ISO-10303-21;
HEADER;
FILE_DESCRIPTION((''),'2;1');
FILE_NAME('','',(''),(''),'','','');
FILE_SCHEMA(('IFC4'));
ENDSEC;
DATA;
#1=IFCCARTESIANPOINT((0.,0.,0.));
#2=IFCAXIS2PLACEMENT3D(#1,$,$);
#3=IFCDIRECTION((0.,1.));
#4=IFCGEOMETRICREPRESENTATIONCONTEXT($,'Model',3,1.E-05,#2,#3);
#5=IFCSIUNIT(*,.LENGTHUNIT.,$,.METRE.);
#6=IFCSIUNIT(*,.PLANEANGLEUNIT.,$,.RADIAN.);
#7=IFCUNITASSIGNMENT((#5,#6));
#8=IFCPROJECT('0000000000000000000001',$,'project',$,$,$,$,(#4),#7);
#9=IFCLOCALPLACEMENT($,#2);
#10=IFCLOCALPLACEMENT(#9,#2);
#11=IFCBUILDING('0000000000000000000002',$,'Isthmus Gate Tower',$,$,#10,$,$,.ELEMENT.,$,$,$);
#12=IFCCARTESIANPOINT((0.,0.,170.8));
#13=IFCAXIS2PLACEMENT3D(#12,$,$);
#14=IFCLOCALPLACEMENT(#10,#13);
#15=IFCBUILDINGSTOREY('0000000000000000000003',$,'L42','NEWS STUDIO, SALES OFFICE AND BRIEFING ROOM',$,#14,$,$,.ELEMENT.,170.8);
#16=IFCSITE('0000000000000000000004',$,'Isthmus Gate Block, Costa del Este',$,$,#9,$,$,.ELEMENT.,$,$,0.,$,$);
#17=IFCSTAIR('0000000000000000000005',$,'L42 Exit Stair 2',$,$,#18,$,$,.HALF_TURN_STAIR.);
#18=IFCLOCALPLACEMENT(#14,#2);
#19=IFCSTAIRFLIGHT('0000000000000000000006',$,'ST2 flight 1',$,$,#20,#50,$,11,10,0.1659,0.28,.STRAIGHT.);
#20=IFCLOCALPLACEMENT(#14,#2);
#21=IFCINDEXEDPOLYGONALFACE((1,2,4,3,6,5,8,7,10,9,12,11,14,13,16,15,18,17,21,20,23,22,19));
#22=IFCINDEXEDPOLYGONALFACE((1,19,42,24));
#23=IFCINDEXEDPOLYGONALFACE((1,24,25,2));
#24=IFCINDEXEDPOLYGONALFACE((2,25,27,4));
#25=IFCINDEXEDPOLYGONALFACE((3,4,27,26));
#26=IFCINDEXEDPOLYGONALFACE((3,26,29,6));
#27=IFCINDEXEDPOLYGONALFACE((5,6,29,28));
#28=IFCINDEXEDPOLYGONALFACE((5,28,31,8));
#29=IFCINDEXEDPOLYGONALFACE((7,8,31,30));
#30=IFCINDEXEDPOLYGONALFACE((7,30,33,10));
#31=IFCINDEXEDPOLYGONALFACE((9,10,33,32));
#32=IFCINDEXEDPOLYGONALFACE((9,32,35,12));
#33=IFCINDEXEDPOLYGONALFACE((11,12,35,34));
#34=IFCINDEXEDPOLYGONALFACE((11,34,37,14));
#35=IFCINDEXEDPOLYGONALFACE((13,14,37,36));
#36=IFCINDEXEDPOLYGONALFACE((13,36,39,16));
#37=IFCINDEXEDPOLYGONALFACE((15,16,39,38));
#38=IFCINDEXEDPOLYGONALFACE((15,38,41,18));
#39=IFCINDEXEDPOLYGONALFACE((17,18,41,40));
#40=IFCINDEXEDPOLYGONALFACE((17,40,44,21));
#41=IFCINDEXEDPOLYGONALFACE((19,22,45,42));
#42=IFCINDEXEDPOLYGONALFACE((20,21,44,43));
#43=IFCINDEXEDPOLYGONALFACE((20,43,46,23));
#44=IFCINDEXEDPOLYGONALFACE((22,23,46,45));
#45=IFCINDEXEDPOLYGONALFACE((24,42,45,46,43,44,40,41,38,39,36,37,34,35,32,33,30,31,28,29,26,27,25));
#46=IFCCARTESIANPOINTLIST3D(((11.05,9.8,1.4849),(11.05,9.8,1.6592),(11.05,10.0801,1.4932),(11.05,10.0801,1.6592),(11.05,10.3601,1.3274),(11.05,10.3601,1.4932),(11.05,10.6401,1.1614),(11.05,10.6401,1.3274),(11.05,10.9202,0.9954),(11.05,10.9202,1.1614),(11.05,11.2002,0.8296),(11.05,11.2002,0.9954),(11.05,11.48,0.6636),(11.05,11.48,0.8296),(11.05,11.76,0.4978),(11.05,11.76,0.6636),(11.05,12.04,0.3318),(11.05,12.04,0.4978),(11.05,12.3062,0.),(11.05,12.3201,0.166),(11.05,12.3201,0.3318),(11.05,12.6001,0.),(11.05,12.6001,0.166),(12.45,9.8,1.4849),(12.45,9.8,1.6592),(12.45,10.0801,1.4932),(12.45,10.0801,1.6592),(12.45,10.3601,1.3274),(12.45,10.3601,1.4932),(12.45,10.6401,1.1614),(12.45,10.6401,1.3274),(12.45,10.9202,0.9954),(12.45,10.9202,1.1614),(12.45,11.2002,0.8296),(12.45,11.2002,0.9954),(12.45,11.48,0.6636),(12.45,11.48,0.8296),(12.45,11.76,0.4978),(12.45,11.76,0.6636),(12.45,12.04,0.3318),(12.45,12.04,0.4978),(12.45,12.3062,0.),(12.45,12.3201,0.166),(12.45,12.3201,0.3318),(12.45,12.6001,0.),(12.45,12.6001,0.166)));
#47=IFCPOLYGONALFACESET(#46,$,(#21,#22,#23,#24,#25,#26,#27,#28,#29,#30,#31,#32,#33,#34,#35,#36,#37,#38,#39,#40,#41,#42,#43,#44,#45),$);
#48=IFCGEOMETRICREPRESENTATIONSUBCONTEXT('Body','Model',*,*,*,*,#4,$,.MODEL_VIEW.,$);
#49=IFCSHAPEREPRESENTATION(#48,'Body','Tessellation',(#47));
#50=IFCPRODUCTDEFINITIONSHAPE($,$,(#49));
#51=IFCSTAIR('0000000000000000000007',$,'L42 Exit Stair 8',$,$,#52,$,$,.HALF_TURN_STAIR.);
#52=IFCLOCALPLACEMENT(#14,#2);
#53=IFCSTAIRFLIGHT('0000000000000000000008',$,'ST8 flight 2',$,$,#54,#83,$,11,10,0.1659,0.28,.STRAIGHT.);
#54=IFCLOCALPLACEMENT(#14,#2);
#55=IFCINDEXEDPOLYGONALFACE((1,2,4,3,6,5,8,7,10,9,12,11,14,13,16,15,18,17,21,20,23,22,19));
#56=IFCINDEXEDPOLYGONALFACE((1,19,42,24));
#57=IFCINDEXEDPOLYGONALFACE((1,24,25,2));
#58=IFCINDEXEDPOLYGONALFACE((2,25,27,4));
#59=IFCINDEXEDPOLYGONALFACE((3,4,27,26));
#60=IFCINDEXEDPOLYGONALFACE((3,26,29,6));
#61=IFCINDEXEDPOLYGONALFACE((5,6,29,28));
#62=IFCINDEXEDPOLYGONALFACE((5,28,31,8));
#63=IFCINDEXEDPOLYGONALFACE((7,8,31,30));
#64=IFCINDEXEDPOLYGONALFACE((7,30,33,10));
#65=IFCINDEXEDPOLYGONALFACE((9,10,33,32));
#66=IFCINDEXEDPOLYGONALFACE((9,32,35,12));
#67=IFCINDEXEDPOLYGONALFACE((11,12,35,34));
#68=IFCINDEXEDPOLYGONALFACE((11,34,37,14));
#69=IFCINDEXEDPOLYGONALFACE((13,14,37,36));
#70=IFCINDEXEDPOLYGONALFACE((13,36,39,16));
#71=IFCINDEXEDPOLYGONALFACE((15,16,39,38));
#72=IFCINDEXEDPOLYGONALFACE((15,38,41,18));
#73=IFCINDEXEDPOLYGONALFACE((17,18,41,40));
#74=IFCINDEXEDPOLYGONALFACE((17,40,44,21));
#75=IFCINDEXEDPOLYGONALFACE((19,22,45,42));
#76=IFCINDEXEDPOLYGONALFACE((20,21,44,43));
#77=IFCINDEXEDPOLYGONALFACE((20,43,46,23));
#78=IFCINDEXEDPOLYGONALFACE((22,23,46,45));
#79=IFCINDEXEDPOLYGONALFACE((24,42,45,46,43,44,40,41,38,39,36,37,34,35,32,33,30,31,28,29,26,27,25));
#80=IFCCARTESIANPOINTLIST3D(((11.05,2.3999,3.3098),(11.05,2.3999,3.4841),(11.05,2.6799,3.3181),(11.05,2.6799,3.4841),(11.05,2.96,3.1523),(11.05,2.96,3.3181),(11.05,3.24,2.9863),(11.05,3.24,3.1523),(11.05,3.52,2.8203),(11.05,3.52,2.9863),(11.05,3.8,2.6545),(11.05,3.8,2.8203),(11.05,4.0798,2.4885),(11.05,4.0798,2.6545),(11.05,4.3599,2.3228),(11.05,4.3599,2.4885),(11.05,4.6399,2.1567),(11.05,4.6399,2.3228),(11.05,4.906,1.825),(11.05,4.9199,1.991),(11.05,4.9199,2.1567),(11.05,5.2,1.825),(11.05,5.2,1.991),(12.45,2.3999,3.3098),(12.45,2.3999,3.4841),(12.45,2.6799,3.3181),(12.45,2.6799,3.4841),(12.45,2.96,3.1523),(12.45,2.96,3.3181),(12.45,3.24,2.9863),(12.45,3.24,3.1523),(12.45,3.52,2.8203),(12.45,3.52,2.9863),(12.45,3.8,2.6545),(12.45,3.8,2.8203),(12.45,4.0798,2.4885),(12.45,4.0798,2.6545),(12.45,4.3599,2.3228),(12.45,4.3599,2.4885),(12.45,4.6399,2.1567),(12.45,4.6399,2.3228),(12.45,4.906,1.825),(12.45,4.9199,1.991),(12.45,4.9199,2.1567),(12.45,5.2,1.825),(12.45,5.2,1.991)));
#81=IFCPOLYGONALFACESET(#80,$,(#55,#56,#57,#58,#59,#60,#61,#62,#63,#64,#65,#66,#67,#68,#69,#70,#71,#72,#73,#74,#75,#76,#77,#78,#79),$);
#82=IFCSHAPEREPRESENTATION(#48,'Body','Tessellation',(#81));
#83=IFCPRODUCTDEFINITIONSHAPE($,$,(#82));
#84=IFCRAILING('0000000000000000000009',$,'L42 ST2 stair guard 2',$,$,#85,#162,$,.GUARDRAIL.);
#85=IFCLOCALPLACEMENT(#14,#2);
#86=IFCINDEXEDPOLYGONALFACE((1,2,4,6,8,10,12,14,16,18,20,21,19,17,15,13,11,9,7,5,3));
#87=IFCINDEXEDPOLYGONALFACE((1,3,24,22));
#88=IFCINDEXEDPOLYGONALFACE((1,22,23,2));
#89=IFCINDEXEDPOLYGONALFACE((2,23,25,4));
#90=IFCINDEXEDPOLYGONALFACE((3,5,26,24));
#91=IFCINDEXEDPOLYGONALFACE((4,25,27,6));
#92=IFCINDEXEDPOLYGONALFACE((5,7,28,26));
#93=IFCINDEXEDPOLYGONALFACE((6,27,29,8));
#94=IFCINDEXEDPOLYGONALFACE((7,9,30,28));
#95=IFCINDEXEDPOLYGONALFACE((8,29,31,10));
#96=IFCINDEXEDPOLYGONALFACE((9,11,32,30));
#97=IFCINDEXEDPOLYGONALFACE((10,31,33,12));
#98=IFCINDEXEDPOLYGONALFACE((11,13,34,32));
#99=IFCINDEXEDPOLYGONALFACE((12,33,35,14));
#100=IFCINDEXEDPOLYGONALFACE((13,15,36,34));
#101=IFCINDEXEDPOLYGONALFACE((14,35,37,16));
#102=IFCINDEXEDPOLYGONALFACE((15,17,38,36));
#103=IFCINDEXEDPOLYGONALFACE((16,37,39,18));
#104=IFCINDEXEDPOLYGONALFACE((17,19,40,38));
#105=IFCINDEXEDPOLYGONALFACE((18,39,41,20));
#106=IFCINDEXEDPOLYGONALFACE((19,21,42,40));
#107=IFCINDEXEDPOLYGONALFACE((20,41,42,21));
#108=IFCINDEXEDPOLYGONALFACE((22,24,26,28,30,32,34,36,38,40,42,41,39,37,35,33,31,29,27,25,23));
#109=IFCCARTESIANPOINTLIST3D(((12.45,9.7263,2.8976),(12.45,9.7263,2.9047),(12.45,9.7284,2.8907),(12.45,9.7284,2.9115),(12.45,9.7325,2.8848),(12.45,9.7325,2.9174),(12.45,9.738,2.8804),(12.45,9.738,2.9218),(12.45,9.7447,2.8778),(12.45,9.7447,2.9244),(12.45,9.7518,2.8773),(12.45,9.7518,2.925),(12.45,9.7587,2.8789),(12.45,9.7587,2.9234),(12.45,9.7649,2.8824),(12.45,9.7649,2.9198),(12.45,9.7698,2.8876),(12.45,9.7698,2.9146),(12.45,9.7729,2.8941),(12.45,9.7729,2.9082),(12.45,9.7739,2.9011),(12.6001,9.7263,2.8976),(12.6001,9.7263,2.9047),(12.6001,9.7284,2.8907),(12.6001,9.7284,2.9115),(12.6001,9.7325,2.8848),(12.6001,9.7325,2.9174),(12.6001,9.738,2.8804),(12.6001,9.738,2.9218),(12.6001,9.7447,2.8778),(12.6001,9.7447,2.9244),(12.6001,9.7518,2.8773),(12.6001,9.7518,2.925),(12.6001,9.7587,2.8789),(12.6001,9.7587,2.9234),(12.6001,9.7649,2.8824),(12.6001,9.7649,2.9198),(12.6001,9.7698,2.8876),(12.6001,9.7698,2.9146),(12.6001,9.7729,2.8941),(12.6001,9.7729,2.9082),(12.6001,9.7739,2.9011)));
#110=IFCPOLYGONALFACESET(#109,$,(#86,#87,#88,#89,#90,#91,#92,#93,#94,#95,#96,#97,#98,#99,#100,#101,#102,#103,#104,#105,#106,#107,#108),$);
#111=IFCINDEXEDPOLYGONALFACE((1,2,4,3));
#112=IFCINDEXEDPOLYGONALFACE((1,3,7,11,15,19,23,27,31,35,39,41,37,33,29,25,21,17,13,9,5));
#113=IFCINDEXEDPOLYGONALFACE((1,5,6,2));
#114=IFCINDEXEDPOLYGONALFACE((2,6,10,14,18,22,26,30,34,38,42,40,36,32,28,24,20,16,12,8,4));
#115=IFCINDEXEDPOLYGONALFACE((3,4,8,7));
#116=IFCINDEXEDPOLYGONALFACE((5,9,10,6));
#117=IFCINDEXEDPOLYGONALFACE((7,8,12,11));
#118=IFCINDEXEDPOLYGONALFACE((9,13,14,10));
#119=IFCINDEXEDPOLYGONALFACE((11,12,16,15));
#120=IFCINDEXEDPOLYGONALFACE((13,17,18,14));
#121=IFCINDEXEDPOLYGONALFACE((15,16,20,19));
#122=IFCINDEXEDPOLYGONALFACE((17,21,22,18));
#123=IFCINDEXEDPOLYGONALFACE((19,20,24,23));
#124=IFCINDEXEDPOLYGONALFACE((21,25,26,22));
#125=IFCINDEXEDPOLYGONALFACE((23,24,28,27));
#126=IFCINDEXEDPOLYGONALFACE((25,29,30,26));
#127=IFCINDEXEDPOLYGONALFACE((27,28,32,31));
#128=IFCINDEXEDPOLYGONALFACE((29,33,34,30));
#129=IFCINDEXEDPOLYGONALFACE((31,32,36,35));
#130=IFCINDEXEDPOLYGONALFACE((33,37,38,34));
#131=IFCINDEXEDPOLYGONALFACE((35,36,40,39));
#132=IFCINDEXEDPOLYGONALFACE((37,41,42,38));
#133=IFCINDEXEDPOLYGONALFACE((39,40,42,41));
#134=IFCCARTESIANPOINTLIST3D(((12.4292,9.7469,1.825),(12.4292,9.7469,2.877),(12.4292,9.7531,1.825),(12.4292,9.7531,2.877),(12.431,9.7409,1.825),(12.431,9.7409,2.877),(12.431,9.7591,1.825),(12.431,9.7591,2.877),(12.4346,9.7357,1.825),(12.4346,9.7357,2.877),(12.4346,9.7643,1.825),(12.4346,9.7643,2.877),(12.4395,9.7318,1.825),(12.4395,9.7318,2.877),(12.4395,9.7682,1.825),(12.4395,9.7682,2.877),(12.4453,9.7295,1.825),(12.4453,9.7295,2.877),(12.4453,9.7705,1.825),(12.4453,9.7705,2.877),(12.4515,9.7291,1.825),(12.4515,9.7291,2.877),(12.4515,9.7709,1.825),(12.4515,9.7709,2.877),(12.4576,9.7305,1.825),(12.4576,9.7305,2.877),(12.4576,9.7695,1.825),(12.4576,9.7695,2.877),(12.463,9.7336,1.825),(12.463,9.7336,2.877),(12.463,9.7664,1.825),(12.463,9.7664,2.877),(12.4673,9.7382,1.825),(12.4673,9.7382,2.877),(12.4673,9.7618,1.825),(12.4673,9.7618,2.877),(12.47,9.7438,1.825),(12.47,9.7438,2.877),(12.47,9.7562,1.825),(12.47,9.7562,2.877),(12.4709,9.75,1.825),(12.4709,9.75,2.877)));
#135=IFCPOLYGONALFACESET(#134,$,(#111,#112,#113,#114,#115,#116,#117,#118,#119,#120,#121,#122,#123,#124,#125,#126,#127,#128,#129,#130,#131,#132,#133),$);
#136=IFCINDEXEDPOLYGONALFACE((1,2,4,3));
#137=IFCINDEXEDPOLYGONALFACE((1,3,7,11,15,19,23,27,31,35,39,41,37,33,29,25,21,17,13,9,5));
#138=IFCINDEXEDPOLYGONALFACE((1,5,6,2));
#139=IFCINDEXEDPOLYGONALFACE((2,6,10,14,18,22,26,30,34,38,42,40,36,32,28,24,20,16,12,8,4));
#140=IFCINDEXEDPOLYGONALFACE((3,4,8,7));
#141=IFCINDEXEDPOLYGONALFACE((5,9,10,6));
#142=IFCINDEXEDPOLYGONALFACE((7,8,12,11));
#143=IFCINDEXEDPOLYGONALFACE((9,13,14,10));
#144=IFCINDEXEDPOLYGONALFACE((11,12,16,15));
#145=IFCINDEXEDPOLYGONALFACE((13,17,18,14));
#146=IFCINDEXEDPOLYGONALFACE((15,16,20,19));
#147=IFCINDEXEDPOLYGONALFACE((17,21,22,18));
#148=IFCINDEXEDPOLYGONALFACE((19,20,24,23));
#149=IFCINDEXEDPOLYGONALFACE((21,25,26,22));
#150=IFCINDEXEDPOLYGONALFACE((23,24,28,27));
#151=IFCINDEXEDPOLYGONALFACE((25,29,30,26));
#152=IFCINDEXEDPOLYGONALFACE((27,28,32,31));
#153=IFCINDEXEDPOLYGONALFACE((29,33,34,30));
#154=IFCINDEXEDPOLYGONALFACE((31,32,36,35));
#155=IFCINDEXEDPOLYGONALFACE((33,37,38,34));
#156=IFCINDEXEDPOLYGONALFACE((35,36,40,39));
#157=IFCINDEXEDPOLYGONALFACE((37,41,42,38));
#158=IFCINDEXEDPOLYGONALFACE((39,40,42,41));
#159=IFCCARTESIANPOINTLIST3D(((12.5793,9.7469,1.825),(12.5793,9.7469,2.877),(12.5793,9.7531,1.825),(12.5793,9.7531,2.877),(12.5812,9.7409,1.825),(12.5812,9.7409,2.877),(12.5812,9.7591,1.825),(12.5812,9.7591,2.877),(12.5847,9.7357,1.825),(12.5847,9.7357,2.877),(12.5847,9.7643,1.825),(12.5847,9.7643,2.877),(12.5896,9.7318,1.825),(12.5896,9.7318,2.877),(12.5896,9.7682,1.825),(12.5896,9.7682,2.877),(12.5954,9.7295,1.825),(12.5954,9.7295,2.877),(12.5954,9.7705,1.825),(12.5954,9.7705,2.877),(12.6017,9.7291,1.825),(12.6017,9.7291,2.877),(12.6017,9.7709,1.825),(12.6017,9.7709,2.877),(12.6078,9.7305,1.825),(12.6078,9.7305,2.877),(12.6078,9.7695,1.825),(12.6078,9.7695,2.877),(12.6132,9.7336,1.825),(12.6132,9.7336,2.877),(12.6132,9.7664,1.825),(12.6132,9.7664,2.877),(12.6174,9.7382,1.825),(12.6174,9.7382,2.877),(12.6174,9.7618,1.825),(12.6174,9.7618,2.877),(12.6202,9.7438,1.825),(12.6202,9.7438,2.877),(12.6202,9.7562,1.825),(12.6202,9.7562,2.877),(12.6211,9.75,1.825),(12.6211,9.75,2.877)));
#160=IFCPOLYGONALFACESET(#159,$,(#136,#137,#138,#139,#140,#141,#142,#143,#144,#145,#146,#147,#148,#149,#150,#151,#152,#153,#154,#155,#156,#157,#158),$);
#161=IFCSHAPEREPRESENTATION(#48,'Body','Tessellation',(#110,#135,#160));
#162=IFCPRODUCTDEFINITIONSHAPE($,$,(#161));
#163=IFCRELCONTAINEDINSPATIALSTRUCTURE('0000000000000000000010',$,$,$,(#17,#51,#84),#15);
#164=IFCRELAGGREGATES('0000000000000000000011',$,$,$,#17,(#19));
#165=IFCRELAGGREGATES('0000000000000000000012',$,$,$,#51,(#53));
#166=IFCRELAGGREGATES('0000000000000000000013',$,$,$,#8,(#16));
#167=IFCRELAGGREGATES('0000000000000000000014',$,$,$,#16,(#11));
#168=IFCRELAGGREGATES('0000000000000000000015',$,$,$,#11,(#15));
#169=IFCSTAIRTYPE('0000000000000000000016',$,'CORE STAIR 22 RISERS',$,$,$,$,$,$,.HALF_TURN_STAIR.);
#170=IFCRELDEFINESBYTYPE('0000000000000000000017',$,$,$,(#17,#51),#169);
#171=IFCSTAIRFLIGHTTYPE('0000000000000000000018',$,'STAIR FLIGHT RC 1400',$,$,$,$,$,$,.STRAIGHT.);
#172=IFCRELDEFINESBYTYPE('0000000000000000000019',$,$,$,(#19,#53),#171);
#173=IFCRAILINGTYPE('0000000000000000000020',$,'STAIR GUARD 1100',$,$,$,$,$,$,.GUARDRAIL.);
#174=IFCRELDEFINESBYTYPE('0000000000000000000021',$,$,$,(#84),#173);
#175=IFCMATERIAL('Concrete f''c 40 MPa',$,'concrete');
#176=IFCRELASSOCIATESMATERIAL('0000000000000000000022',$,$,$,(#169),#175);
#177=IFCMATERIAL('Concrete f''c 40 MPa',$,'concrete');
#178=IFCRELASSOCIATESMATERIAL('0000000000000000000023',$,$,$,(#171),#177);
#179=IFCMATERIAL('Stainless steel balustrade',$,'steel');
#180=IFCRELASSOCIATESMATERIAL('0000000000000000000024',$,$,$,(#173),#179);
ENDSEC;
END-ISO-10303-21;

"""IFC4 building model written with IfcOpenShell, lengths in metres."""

from ifc_helpers import new_model, si_unit, direction, frame, origin, origin_2d, place, context, subcontext, project, spatial, polyline, circle, outline, extrude, material, type_object, element, aggregate, save


model = new_model("IFC4")

# Units and contexts
model_context = context("Model", 3, precision=1e-05, world=origin(), true_north=direction((0.0, 1.0)))
body_context = subcontext(model_context, "Body", "Model", "MODEL_VIEW")
ifc_project = project(units=[si_unit("LENGTHUNIT", "METRE"), si_unit("PLANEANGLEUNIT", "RADIAN")], contexts=[model_context])

# Site, building, storey
site_placement = place(None, origin())
site = spatial("IfcSite", under=ifc_project, at=site_placement, Name="Isthmus Gate Block, Costa del Este", CompositionType="ELEMENT", RefElevation=0.0)
building_placement = place(site_placement, origin())
building = spatial("IfcBuilding", under=site, at=building_placement, Name="Isthmus Gate Tower", CompositionType="ELEMENT")
storey_placement = place(building_placement, frame((0.0, 0.0, 170.8)))
storey = spatial("IfcBuildingStorey", under=building, at=storey_placement, Name="L42", Description="NEWS STUDIO, SALES OFFICE AND BRIEFING ROOM", CompositionType="ELEMENT", Elevation=170.8)

# Stairs, stair flights
ifc_material_1 = material(Name="Concrete f'c 40 MPa", Category="concrete")
stair_type = type_object("IfcStairType", Name="CORE STAIR 22 RISERS", PredefinedType="HALF_TURN_STAIR", material=ifc_material_1)
stair_1_placement = place(storey_placement, origin())
stair_1 = element("IfcStair", 1, at=stair_1_placement, inside=storey, type_object=stair_type, Name="L42 Exit Stair 2", PredefinedType="HALF_TURN_STAIR")
ifc_material_2 = material(Name="Concrete f'c 40 MPa", Category="concrete")
stair_flight_type = type_object("IfcStairFlightType", Name="STAIR FLIGHT RC 1400", PredefinedType="STRAIGHT", material=ifc_material_2)
stair_flight_1_placement = place(storey_placement, frame((11.75, 12.6001, 0.0), z_axis=(0.0, 0.0, 1.0), x_axis=(0.0, -1.0, 0.0)))
stair_flight_1 = element("IfcStairFlight", 2, at=stair_flight_1_placement, type_object=stair_flight_type, Name="ST2 flight 1", NumberOfRisers=11, NumberOfTreads=10, PredefinedType="STRAIGHT", RiserHeight=0.1659, TreadLength=0.28, context=body_context, shape_type="SweptSolid", body=[
    extrude(outline(polyline([(0.0, 0.0), (0.0, 0.166), (0.28, 0.166), (0.28, 0.3318), (0.5601, 0.3318), (0.5601, 0.4978), (0.8401, 0.4978), (0.8401, 0.6636), (1.1201, 0.6636), (1.1201, 0.8296), (1.3999, 0.8296), (1.3999, 0.9954), (1.6799, 0.9954), (1.6799, 1.1614), (1.96, 1.1614), (1.96, 1.3274), (2.24, 1.3274), (2.24, 1.4932), (2.52, 1.4932), (2.52, 1.6592), (2.8, 1.6592), (2.8, 1.825), (2.8, 1.4849), (0.2939, 0.0), (0.0, 0.0)])), frame((0.0, 0.7, 0.0), z_axis=(0.0, -1.0, 0.0), x_axis=(1.0, 0.0, 0.0)), (0.0, 0.0, 1.0), 1.3999),
])
aggregate(stair_1, [stair_flight_1])
stair_2_placement = place(storey_placement, origin())
stair_2 = element("IfcStair", 3, at=stair_2_placement, inside=storey, type_object=stair_type, Name="L42 Exit Stair 8", PredefinedType="HALF_TURN_STAIR")
stair_flight_2_placement = place(storey_placement, frame((11.75, 5.2, 1.825), z_axis=(0.0, 0.0, 1.0), x_axis=(0.0, -1.0, 0.0)))
stair_flight_2 = element("IfcStairFlight", 4, at=stair_flight_2_placement, type_object=stair_flight_type, Name="ST8 flight 2", NumberOfRisers=11, NumberOfTreads=10, PredefinedType="STRAIGHT", RiserHeight=0.1659, TreadLength=0.28, context=body_context, shape_type="SweptSolid", body=[
    extrude(outline(polyline([(0.0, 0.0), (0.0, 0.166), (0.28, 0.166), (0.28, 0.3318), (0.5601, 0.3318), (0.5601, 0.4978), (0.8401, 0.4978), (0.8401, 0.6636), (1.1201, 0.6636), (1.1201, 0.8296), (1.3999, 0.8296), (1.3999, 0.9954), (1.6799, 0.9954), (1.6799, 1.1614), (1.96, 1.1614), (1.96, 1.3274), (2.24, 1.3274), (2.24, 1.4932), (2.52, 1.4932), (2.52, 1.6592), (2.8, 1.6592), (2.8, 1.825), (2.8, 1.4849), (0.2939, 0.0), (0.0, 0.0)])), frame((0.0, 0.7, 0.0), z_axis=(0.0, -1.0, 0.0), x_axis=(1.0, 0.0, 0.0)), (0.0, 0.0, 1.0), 1.3999),
])
aggregate(stair_2, [stair_flight_2])

# Railing
ifc_material_3 = material(Name="Stainless steel balustrade", Category="steel")
railing_type_1 = type_object("IfcRailingType", Name="STAIR GUARD 1100", PredefinedType="GUARDRAIL", material=ifc_material_3)
railing_1_placement = place(storey_placement, frame((12.45, 9.75, 1.825)))
element("IfcRailing", 5, at=railing_1_placement, inside=storey, type_object=railing_type_1, Name="L42 ST2 stair guard 2", PredefinedType="GUARDRAIL", context=body_context, shape_type="SweptSolid", body=[
    extrude(circle(Radius=0.0239, at=origin_2d()), frame((0.0, 0.0, 1.0762), z_axis=(1.0, 0.0, 0.0), x_axis=(0.0, 1.0, 0.0)), (0.0, 0.0, 1.0), 0.1501),
    extrude(circle(Radius=0.021, at=origin_2d()), origin(), (0.0, 0.0, 1.0), 1.052),
    extrude(circle(Radius=0.021, at=origin_2d()), frame((0.1501, 0.0, 0.0)), (0.0, 0.0, 1.0), 1.052),
])

save(model, "model.ifc")
